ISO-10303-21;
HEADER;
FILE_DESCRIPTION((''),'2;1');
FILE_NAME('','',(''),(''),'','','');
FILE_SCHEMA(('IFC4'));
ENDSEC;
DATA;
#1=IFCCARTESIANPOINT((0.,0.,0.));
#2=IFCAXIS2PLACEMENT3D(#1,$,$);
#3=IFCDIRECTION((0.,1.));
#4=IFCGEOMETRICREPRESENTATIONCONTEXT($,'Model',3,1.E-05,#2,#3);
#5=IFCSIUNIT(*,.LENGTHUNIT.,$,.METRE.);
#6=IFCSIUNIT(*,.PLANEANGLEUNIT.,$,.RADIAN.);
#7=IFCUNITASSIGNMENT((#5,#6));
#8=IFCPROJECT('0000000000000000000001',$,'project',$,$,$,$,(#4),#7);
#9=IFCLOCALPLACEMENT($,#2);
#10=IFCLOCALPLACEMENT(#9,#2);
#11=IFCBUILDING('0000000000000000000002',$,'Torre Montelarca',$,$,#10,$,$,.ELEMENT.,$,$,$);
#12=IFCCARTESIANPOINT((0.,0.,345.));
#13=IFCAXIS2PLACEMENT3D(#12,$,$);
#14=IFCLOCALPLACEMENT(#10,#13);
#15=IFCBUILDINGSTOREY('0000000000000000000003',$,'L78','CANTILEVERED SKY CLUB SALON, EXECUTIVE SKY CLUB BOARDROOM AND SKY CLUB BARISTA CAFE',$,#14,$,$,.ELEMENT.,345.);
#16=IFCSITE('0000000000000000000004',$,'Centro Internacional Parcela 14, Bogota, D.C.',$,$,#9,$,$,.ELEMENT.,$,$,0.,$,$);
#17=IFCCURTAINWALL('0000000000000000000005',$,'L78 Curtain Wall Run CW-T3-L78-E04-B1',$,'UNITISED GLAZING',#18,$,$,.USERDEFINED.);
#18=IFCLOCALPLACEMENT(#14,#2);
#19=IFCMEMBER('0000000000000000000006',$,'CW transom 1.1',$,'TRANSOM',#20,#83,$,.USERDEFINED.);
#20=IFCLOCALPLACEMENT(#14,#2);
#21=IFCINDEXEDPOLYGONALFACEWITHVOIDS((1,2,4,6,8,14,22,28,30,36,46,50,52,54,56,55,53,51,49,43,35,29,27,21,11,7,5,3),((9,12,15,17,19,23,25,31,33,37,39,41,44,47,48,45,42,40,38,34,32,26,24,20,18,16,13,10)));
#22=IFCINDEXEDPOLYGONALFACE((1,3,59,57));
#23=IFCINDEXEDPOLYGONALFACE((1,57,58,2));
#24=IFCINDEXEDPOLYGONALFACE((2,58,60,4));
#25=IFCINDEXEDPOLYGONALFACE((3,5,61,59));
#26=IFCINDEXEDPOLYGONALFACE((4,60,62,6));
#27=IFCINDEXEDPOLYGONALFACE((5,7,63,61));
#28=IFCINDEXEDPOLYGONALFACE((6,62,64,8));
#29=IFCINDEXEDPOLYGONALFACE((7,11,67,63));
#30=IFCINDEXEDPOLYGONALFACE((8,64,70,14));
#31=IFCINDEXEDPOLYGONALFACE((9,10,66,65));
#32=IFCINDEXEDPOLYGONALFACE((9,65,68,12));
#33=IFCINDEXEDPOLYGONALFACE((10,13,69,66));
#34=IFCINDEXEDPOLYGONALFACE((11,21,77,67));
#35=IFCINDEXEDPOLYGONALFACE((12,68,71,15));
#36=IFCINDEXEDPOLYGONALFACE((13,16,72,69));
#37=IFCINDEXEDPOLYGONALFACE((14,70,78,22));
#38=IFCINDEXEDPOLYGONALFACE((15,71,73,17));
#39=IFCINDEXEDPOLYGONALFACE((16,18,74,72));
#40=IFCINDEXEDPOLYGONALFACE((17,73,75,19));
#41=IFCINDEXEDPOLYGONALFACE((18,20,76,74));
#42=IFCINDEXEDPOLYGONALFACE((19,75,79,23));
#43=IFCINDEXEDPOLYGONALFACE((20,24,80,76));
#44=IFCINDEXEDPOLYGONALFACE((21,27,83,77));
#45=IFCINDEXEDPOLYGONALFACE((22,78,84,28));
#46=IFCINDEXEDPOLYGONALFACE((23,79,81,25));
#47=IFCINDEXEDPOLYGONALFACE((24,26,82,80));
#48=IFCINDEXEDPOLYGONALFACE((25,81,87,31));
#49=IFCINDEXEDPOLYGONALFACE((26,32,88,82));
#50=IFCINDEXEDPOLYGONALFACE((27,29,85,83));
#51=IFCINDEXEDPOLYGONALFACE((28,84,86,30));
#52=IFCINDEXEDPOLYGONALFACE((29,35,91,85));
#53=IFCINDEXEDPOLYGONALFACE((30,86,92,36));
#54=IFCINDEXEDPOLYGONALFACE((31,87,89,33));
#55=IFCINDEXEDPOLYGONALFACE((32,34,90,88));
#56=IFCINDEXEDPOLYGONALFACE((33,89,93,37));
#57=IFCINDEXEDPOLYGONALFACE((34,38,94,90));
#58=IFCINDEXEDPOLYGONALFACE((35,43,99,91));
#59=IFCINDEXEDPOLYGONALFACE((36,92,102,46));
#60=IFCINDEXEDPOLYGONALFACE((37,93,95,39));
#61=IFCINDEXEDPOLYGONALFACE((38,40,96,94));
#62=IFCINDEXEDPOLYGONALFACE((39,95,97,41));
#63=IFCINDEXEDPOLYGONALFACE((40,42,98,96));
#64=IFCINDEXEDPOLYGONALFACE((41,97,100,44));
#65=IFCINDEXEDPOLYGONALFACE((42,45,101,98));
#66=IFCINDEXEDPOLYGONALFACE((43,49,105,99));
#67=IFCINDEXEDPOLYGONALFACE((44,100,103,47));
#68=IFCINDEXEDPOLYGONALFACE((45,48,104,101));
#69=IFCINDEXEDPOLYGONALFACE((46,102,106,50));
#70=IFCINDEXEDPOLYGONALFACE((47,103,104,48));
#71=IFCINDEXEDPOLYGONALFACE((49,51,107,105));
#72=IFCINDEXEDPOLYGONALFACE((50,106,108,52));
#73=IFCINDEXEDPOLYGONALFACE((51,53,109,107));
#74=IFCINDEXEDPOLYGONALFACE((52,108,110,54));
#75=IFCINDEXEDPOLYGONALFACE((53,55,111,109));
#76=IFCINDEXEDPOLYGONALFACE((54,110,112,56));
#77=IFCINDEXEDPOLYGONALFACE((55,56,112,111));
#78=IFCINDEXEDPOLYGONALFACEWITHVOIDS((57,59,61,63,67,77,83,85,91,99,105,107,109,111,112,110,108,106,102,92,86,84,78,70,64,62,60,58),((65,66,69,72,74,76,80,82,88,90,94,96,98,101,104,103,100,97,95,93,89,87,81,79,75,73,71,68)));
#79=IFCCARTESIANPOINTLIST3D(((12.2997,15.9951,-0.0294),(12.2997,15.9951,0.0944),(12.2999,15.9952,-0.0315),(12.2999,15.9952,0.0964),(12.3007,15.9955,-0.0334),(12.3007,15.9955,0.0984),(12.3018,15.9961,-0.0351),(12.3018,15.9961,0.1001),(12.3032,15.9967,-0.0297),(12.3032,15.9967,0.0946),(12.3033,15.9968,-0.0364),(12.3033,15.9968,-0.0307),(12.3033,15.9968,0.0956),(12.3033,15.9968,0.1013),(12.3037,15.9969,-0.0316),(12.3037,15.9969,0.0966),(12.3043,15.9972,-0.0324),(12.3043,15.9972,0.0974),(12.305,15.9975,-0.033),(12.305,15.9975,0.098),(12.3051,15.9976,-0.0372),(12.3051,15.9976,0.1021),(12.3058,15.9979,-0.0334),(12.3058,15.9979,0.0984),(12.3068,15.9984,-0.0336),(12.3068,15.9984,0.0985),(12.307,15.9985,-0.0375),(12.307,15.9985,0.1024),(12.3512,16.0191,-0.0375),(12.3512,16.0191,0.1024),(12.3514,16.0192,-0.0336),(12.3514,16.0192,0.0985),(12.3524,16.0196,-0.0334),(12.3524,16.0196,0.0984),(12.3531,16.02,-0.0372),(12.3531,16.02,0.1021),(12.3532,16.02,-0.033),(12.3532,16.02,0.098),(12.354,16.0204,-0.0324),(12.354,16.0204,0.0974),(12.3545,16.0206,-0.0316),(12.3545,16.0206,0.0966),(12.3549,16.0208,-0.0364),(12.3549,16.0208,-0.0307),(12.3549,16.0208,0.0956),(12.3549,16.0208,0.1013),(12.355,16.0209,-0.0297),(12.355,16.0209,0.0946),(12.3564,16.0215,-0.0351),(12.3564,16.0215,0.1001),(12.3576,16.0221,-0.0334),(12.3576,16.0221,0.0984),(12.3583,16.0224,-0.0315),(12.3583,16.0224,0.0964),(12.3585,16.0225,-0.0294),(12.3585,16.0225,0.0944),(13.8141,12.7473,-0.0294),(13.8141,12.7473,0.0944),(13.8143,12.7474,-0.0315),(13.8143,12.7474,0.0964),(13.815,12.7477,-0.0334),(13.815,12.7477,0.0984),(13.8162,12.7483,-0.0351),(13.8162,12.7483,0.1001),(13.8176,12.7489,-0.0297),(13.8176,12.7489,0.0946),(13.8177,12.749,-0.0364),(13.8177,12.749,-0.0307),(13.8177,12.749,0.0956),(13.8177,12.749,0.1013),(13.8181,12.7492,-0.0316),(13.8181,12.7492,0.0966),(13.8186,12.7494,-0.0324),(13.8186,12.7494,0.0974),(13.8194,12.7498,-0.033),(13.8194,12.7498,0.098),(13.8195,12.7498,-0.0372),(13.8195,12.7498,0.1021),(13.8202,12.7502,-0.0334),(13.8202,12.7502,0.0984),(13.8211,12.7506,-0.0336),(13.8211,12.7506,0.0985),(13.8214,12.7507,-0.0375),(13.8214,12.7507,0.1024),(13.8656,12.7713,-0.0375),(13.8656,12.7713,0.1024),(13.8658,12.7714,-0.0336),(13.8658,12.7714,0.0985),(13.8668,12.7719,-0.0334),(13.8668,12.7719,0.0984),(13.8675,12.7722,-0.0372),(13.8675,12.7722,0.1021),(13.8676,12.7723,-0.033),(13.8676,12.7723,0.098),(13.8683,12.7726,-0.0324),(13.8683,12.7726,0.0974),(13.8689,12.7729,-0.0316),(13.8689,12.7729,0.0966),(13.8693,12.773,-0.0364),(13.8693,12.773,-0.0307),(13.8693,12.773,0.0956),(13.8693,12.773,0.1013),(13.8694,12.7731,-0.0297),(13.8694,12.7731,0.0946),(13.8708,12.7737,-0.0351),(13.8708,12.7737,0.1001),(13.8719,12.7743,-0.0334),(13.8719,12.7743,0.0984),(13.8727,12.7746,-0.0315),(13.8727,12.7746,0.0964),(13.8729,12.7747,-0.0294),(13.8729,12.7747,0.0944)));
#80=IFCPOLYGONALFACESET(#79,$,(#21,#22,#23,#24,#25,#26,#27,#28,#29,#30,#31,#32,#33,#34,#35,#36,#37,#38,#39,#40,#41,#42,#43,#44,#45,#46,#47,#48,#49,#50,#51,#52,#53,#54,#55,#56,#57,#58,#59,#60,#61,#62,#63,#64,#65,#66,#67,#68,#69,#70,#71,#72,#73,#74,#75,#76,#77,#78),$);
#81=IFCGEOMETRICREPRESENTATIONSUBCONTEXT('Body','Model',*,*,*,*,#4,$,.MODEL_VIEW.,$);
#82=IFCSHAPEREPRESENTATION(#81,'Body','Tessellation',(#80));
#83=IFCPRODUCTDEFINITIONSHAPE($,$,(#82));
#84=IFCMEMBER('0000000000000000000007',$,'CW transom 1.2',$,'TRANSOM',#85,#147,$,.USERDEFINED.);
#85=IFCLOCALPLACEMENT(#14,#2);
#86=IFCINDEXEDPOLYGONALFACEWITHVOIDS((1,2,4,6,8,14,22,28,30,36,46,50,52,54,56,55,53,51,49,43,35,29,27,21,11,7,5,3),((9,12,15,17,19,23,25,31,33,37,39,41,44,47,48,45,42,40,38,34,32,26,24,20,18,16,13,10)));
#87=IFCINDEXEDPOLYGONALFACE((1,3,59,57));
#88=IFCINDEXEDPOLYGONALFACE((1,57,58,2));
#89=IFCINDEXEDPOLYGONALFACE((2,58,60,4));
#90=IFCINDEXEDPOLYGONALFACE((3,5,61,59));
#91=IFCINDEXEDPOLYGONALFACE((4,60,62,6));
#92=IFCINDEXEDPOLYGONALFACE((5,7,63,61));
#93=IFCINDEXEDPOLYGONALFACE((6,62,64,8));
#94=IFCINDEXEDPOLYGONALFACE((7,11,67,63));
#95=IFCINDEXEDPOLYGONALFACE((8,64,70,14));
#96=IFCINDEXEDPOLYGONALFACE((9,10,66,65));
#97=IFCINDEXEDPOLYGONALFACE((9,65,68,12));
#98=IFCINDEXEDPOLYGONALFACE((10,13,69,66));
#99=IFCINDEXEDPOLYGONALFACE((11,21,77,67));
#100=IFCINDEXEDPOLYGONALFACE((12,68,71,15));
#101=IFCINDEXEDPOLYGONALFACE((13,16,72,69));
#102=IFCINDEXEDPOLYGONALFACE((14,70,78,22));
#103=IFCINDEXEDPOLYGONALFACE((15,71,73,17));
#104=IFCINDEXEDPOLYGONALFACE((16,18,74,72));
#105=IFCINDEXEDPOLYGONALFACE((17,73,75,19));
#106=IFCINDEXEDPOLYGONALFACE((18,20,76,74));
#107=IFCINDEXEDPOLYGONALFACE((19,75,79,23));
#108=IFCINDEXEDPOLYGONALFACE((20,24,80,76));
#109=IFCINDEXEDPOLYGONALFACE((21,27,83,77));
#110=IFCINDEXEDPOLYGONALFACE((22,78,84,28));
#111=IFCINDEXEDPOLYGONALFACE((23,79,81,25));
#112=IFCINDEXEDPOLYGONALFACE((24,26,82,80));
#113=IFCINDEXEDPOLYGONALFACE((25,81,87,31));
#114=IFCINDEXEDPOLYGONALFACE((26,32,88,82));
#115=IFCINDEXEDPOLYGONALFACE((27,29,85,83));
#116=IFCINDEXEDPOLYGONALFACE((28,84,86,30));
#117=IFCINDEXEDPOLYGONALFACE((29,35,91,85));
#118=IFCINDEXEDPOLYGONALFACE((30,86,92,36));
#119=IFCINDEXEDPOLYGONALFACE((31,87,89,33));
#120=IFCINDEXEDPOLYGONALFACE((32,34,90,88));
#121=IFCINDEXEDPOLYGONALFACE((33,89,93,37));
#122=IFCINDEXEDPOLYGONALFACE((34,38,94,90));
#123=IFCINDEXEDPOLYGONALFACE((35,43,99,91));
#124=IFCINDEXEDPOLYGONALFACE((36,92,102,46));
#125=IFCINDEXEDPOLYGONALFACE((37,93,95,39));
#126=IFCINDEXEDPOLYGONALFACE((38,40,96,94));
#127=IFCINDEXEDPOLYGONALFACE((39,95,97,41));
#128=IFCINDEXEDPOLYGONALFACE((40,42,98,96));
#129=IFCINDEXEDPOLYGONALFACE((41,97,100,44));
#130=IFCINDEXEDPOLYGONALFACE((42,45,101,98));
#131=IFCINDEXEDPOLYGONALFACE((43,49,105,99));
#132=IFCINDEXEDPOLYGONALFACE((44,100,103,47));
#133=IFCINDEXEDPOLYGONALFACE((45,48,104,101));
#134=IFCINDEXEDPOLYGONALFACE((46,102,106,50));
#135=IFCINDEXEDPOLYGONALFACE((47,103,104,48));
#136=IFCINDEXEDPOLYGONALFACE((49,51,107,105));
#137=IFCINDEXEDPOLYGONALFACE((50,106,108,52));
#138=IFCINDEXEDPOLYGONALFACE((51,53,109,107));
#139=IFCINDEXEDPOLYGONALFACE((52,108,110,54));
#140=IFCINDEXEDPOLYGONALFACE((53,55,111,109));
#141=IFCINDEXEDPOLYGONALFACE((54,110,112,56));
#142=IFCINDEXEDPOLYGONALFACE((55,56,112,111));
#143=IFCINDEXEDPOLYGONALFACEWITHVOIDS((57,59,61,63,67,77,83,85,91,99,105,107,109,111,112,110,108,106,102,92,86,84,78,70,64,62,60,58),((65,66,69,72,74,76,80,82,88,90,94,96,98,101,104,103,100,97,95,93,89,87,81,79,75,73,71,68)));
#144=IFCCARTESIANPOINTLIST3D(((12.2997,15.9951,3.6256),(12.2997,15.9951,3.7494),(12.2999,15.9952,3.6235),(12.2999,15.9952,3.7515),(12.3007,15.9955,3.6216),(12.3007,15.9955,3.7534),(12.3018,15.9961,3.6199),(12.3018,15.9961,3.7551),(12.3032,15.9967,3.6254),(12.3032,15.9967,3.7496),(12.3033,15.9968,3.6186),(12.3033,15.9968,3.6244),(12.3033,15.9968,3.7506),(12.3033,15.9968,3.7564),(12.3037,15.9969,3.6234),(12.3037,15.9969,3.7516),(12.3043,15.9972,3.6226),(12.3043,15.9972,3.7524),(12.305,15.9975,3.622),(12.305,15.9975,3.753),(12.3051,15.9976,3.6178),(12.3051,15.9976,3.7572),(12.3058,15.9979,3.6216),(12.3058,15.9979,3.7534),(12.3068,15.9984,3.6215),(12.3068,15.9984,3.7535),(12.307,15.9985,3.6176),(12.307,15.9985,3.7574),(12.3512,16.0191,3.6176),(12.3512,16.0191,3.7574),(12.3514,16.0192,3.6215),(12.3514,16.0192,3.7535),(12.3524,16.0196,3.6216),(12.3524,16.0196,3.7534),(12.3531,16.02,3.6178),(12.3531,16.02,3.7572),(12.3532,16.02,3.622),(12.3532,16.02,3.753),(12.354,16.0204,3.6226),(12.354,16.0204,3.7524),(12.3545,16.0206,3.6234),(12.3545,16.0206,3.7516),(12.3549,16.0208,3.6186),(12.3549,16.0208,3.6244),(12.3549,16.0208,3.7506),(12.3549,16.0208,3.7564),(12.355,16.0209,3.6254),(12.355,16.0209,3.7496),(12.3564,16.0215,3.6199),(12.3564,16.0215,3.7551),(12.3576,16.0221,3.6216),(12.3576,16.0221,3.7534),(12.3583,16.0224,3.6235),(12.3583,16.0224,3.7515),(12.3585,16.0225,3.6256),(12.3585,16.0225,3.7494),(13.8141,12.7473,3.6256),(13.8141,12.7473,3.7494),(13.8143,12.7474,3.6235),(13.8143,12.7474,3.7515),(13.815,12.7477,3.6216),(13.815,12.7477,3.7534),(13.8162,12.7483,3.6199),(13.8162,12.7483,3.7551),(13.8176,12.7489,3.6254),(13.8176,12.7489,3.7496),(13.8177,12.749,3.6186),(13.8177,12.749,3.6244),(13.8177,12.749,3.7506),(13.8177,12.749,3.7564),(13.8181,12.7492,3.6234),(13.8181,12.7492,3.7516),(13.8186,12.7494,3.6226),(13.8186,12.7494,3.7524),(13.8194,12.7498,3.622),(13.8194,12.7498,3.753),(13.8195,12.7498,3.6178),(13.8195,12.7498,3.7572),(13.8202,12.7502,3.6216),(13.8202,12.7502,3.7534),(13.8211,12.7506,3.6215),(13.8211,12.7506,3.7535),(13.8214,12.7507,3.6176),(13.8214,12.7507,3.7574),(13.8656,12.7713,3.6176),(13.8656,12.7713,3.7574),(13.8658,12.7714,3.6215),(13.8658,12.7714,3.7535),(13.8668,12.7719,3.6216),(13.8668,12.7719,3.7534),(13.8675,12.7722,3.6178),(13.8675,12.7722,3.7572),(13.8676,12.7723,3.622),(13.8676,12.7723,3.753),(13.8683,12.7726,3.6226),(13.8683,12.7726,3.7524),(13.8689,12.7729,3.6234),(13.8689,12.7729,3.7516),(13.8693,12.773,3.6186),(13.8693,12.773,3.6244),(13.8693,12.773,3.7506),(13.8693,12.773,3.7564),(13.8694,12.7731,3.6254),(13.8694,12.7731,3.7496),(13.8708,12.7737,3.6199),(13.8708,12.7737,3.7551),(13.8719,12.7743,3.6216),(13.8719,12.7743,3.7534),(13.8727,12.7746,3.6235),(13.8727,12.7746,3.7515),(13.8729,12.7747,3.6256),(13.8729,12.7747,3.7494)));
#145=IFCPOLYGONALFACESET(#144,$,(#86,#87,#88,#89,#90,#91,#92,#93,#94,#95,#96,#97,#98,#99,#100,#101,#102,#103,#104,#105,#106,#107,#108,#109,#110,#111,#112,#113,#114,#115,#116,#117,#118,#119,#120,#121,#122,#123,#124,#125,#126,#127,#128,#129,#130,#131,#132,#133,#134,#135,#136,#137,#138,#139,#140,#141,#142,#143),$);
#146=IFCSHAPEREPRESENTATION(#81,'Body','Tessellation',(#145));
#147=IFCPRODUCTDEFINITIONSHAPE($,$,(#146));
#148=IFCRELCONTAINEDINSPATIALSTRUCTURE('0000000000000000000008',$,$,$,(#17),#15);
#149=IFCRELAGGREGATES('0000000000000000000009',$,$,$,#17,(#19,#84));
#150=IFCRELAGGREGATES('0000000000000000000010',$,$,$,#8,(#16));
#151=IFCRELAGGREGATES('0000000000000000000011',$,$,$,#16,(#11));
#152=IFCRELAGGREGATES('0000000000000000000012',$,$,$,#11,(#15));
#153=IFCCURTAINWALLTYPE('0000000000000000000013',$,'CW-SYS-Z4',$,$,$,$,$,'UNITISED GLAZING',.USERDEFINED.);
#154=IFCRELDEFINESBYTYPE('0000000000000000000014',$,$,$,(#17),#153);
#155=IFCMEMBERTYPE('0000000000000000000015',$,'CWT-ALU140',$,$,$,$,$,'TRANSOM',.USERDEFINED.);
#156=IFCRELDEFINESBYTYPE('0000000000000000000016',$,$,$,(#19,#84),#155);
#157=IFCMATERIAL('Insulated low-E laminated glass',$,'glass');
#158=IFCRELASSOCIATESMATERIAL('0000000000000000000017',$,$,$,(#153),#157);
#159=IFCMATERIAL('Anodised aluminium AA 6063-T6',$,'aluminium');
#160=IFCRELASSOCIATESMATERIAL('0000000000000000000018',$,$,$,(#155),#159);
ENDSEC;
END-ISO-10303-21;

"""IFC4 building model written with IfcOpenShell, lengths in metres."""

from ifc_helpers import new_model, si_unit, direction, frame, origin, origin_2d, place, context, subcontext, project, spatial, hollow_rectangle, extrude, source, transform, mapped, material, material_profile, profile_set, type_object, element, aggregate, save


model = new_model("IFC4")

# Units and contexts
model_context = context("Model", 3, precision=1e-05, world=origin(), true_north=direction((0.0, 1.0)))
body_context = subcontext(model_context, "Body", "Model", "MODEL_VIEW")
ifc_project = project(units=[si_unit("LENGTHUNIT", "METRE"), si_unit("PLANEANGLEUNIT", "RADIAN")], contexts=[model_context])

# Site, building, storey
site_placement = place(None, origin())
site = spatial("IfcSite", under=ifc_project, at=site_placement, Name="Centro Internacional Parcela 14, Bogota, D.C.", CompositionType="ELEMENT", RefElevation=0.0)
building_placement = place(site_placement, origin())
building = spatial("IfcBuilding", under=site, at=building_placement, Name="Torre Montelarca", CompositionType="ELEMENT")
storey_placement = place(building_placement, frame((0.0, 0.0, 345.0)))
storey = spatial("IfcBuildingStorey", under=building, at=storey_placement, Name="L78", Description="CANTILEVERED SKY CLUB SALON, EXECUTIVE SKY CLUB BOARDROOM AND SKY CLUB BARISTA CAFE", CompositionType="ELEMENT", Elevation=345.0)

# Curtain wall
ifc_material_1 = material(Name="Insulated low-E laminated glass", Category="glass")
curtain_wall_type = type_object("IfcCurtainWallType", Name="CW-SYS-Z4", ElementType="UNITISED GLAZING", PredefinedType="USERDEFINED", material=ifc_material_1)
ifc_material_2 = material(Name="Anodised aluminium AA 6063-T6", Category="aluminium")
curtain_wall_1_placement = place(storey_placement, origin())
curtain_wall_1 = element("IfcCurtainWall", 1, at=curtain_wall_1_placement, inside=storey, type_object=curtain_wall_type, Name="L78 Curtain Wall Run CW-T3-L78-E04-B1", ObjectType="UNITISED GLAZING", PredefinedType="USERDEFINED")

# Members
ifc_material_profile_1 = material_profile(ifc_material_2, hollow_rectangle(XDim=0.0649, YDim=0.1399, WallThickness=0.0039, InnerFilletRadius=0.0039, OuterFilletRadius=0.0081, at=origin_2d()), Name="ALU65X140X4", Category="aluminium")
ifc_profile_set_1 = profile_set([ifc_material_profile_1], Name="Anodised aluminium AA 6063-T6")
member_type_1 = type_object("IfcMemberType", Name="CWT-ALU140", ElementType="TRANSOM", PredefinedType="USERDEFINED", material=ifc_profile_set_1)
shared_shape_1 = source(origin(), body_context, "Body", "SweptSolid", [
    extrude(hollow_rectangle(XDim=0.0649, YDim=0.1399, WallThickness=0.0039, InnerFilletRadius=0.0039, OuterFilletRadius=0.0081, at=origin_2d()), origin(), (0.0, 0.0, 1.0), 3.5835),
])
member_1_placement = place(storey_placement, frame((12.3291, 16.0088, 0.0325), z_axis=(0.422602, -0.906315, 0.0), x_axis=(0.906315, 0.422602, 0.0)))
member_1 = element("IfcMember", 2, at=member_1_placement, type_object=member_type_1, Name="CW transom 1.1", ObjectType="TRANSOM", PredefinedType="USERDEFINED", context=body_context, shape_type="MappedRepresentation", body=[
    mapped(shared_shape_1, transform((0.0, 0.0, 0.0), scale=1.0)),
])
member_2_placement = place(storey_placement, frame((12.3291, 16.0088, 3.6875), z_axis=(0.422602, -0.906315, 0.0), x_axis=(0.906315, 0.422602, 0.0)))
member_2 = element("IfcMember", 3, at=member_2_placement, type_object=member_type_1, Name="CW transom 1.2", ObjectType="TRANSOM", PredefinedType="USERDEFINED", context=body_context, shape_type="MappedRepresentation", body=[
    mapped(shared_shape_1, transform((0.0, 0.0, 0.0), scale=1.0)),
])

aggregate(curtain_wall_1, [member_1, member_2])

save(model, "model.ifc")
